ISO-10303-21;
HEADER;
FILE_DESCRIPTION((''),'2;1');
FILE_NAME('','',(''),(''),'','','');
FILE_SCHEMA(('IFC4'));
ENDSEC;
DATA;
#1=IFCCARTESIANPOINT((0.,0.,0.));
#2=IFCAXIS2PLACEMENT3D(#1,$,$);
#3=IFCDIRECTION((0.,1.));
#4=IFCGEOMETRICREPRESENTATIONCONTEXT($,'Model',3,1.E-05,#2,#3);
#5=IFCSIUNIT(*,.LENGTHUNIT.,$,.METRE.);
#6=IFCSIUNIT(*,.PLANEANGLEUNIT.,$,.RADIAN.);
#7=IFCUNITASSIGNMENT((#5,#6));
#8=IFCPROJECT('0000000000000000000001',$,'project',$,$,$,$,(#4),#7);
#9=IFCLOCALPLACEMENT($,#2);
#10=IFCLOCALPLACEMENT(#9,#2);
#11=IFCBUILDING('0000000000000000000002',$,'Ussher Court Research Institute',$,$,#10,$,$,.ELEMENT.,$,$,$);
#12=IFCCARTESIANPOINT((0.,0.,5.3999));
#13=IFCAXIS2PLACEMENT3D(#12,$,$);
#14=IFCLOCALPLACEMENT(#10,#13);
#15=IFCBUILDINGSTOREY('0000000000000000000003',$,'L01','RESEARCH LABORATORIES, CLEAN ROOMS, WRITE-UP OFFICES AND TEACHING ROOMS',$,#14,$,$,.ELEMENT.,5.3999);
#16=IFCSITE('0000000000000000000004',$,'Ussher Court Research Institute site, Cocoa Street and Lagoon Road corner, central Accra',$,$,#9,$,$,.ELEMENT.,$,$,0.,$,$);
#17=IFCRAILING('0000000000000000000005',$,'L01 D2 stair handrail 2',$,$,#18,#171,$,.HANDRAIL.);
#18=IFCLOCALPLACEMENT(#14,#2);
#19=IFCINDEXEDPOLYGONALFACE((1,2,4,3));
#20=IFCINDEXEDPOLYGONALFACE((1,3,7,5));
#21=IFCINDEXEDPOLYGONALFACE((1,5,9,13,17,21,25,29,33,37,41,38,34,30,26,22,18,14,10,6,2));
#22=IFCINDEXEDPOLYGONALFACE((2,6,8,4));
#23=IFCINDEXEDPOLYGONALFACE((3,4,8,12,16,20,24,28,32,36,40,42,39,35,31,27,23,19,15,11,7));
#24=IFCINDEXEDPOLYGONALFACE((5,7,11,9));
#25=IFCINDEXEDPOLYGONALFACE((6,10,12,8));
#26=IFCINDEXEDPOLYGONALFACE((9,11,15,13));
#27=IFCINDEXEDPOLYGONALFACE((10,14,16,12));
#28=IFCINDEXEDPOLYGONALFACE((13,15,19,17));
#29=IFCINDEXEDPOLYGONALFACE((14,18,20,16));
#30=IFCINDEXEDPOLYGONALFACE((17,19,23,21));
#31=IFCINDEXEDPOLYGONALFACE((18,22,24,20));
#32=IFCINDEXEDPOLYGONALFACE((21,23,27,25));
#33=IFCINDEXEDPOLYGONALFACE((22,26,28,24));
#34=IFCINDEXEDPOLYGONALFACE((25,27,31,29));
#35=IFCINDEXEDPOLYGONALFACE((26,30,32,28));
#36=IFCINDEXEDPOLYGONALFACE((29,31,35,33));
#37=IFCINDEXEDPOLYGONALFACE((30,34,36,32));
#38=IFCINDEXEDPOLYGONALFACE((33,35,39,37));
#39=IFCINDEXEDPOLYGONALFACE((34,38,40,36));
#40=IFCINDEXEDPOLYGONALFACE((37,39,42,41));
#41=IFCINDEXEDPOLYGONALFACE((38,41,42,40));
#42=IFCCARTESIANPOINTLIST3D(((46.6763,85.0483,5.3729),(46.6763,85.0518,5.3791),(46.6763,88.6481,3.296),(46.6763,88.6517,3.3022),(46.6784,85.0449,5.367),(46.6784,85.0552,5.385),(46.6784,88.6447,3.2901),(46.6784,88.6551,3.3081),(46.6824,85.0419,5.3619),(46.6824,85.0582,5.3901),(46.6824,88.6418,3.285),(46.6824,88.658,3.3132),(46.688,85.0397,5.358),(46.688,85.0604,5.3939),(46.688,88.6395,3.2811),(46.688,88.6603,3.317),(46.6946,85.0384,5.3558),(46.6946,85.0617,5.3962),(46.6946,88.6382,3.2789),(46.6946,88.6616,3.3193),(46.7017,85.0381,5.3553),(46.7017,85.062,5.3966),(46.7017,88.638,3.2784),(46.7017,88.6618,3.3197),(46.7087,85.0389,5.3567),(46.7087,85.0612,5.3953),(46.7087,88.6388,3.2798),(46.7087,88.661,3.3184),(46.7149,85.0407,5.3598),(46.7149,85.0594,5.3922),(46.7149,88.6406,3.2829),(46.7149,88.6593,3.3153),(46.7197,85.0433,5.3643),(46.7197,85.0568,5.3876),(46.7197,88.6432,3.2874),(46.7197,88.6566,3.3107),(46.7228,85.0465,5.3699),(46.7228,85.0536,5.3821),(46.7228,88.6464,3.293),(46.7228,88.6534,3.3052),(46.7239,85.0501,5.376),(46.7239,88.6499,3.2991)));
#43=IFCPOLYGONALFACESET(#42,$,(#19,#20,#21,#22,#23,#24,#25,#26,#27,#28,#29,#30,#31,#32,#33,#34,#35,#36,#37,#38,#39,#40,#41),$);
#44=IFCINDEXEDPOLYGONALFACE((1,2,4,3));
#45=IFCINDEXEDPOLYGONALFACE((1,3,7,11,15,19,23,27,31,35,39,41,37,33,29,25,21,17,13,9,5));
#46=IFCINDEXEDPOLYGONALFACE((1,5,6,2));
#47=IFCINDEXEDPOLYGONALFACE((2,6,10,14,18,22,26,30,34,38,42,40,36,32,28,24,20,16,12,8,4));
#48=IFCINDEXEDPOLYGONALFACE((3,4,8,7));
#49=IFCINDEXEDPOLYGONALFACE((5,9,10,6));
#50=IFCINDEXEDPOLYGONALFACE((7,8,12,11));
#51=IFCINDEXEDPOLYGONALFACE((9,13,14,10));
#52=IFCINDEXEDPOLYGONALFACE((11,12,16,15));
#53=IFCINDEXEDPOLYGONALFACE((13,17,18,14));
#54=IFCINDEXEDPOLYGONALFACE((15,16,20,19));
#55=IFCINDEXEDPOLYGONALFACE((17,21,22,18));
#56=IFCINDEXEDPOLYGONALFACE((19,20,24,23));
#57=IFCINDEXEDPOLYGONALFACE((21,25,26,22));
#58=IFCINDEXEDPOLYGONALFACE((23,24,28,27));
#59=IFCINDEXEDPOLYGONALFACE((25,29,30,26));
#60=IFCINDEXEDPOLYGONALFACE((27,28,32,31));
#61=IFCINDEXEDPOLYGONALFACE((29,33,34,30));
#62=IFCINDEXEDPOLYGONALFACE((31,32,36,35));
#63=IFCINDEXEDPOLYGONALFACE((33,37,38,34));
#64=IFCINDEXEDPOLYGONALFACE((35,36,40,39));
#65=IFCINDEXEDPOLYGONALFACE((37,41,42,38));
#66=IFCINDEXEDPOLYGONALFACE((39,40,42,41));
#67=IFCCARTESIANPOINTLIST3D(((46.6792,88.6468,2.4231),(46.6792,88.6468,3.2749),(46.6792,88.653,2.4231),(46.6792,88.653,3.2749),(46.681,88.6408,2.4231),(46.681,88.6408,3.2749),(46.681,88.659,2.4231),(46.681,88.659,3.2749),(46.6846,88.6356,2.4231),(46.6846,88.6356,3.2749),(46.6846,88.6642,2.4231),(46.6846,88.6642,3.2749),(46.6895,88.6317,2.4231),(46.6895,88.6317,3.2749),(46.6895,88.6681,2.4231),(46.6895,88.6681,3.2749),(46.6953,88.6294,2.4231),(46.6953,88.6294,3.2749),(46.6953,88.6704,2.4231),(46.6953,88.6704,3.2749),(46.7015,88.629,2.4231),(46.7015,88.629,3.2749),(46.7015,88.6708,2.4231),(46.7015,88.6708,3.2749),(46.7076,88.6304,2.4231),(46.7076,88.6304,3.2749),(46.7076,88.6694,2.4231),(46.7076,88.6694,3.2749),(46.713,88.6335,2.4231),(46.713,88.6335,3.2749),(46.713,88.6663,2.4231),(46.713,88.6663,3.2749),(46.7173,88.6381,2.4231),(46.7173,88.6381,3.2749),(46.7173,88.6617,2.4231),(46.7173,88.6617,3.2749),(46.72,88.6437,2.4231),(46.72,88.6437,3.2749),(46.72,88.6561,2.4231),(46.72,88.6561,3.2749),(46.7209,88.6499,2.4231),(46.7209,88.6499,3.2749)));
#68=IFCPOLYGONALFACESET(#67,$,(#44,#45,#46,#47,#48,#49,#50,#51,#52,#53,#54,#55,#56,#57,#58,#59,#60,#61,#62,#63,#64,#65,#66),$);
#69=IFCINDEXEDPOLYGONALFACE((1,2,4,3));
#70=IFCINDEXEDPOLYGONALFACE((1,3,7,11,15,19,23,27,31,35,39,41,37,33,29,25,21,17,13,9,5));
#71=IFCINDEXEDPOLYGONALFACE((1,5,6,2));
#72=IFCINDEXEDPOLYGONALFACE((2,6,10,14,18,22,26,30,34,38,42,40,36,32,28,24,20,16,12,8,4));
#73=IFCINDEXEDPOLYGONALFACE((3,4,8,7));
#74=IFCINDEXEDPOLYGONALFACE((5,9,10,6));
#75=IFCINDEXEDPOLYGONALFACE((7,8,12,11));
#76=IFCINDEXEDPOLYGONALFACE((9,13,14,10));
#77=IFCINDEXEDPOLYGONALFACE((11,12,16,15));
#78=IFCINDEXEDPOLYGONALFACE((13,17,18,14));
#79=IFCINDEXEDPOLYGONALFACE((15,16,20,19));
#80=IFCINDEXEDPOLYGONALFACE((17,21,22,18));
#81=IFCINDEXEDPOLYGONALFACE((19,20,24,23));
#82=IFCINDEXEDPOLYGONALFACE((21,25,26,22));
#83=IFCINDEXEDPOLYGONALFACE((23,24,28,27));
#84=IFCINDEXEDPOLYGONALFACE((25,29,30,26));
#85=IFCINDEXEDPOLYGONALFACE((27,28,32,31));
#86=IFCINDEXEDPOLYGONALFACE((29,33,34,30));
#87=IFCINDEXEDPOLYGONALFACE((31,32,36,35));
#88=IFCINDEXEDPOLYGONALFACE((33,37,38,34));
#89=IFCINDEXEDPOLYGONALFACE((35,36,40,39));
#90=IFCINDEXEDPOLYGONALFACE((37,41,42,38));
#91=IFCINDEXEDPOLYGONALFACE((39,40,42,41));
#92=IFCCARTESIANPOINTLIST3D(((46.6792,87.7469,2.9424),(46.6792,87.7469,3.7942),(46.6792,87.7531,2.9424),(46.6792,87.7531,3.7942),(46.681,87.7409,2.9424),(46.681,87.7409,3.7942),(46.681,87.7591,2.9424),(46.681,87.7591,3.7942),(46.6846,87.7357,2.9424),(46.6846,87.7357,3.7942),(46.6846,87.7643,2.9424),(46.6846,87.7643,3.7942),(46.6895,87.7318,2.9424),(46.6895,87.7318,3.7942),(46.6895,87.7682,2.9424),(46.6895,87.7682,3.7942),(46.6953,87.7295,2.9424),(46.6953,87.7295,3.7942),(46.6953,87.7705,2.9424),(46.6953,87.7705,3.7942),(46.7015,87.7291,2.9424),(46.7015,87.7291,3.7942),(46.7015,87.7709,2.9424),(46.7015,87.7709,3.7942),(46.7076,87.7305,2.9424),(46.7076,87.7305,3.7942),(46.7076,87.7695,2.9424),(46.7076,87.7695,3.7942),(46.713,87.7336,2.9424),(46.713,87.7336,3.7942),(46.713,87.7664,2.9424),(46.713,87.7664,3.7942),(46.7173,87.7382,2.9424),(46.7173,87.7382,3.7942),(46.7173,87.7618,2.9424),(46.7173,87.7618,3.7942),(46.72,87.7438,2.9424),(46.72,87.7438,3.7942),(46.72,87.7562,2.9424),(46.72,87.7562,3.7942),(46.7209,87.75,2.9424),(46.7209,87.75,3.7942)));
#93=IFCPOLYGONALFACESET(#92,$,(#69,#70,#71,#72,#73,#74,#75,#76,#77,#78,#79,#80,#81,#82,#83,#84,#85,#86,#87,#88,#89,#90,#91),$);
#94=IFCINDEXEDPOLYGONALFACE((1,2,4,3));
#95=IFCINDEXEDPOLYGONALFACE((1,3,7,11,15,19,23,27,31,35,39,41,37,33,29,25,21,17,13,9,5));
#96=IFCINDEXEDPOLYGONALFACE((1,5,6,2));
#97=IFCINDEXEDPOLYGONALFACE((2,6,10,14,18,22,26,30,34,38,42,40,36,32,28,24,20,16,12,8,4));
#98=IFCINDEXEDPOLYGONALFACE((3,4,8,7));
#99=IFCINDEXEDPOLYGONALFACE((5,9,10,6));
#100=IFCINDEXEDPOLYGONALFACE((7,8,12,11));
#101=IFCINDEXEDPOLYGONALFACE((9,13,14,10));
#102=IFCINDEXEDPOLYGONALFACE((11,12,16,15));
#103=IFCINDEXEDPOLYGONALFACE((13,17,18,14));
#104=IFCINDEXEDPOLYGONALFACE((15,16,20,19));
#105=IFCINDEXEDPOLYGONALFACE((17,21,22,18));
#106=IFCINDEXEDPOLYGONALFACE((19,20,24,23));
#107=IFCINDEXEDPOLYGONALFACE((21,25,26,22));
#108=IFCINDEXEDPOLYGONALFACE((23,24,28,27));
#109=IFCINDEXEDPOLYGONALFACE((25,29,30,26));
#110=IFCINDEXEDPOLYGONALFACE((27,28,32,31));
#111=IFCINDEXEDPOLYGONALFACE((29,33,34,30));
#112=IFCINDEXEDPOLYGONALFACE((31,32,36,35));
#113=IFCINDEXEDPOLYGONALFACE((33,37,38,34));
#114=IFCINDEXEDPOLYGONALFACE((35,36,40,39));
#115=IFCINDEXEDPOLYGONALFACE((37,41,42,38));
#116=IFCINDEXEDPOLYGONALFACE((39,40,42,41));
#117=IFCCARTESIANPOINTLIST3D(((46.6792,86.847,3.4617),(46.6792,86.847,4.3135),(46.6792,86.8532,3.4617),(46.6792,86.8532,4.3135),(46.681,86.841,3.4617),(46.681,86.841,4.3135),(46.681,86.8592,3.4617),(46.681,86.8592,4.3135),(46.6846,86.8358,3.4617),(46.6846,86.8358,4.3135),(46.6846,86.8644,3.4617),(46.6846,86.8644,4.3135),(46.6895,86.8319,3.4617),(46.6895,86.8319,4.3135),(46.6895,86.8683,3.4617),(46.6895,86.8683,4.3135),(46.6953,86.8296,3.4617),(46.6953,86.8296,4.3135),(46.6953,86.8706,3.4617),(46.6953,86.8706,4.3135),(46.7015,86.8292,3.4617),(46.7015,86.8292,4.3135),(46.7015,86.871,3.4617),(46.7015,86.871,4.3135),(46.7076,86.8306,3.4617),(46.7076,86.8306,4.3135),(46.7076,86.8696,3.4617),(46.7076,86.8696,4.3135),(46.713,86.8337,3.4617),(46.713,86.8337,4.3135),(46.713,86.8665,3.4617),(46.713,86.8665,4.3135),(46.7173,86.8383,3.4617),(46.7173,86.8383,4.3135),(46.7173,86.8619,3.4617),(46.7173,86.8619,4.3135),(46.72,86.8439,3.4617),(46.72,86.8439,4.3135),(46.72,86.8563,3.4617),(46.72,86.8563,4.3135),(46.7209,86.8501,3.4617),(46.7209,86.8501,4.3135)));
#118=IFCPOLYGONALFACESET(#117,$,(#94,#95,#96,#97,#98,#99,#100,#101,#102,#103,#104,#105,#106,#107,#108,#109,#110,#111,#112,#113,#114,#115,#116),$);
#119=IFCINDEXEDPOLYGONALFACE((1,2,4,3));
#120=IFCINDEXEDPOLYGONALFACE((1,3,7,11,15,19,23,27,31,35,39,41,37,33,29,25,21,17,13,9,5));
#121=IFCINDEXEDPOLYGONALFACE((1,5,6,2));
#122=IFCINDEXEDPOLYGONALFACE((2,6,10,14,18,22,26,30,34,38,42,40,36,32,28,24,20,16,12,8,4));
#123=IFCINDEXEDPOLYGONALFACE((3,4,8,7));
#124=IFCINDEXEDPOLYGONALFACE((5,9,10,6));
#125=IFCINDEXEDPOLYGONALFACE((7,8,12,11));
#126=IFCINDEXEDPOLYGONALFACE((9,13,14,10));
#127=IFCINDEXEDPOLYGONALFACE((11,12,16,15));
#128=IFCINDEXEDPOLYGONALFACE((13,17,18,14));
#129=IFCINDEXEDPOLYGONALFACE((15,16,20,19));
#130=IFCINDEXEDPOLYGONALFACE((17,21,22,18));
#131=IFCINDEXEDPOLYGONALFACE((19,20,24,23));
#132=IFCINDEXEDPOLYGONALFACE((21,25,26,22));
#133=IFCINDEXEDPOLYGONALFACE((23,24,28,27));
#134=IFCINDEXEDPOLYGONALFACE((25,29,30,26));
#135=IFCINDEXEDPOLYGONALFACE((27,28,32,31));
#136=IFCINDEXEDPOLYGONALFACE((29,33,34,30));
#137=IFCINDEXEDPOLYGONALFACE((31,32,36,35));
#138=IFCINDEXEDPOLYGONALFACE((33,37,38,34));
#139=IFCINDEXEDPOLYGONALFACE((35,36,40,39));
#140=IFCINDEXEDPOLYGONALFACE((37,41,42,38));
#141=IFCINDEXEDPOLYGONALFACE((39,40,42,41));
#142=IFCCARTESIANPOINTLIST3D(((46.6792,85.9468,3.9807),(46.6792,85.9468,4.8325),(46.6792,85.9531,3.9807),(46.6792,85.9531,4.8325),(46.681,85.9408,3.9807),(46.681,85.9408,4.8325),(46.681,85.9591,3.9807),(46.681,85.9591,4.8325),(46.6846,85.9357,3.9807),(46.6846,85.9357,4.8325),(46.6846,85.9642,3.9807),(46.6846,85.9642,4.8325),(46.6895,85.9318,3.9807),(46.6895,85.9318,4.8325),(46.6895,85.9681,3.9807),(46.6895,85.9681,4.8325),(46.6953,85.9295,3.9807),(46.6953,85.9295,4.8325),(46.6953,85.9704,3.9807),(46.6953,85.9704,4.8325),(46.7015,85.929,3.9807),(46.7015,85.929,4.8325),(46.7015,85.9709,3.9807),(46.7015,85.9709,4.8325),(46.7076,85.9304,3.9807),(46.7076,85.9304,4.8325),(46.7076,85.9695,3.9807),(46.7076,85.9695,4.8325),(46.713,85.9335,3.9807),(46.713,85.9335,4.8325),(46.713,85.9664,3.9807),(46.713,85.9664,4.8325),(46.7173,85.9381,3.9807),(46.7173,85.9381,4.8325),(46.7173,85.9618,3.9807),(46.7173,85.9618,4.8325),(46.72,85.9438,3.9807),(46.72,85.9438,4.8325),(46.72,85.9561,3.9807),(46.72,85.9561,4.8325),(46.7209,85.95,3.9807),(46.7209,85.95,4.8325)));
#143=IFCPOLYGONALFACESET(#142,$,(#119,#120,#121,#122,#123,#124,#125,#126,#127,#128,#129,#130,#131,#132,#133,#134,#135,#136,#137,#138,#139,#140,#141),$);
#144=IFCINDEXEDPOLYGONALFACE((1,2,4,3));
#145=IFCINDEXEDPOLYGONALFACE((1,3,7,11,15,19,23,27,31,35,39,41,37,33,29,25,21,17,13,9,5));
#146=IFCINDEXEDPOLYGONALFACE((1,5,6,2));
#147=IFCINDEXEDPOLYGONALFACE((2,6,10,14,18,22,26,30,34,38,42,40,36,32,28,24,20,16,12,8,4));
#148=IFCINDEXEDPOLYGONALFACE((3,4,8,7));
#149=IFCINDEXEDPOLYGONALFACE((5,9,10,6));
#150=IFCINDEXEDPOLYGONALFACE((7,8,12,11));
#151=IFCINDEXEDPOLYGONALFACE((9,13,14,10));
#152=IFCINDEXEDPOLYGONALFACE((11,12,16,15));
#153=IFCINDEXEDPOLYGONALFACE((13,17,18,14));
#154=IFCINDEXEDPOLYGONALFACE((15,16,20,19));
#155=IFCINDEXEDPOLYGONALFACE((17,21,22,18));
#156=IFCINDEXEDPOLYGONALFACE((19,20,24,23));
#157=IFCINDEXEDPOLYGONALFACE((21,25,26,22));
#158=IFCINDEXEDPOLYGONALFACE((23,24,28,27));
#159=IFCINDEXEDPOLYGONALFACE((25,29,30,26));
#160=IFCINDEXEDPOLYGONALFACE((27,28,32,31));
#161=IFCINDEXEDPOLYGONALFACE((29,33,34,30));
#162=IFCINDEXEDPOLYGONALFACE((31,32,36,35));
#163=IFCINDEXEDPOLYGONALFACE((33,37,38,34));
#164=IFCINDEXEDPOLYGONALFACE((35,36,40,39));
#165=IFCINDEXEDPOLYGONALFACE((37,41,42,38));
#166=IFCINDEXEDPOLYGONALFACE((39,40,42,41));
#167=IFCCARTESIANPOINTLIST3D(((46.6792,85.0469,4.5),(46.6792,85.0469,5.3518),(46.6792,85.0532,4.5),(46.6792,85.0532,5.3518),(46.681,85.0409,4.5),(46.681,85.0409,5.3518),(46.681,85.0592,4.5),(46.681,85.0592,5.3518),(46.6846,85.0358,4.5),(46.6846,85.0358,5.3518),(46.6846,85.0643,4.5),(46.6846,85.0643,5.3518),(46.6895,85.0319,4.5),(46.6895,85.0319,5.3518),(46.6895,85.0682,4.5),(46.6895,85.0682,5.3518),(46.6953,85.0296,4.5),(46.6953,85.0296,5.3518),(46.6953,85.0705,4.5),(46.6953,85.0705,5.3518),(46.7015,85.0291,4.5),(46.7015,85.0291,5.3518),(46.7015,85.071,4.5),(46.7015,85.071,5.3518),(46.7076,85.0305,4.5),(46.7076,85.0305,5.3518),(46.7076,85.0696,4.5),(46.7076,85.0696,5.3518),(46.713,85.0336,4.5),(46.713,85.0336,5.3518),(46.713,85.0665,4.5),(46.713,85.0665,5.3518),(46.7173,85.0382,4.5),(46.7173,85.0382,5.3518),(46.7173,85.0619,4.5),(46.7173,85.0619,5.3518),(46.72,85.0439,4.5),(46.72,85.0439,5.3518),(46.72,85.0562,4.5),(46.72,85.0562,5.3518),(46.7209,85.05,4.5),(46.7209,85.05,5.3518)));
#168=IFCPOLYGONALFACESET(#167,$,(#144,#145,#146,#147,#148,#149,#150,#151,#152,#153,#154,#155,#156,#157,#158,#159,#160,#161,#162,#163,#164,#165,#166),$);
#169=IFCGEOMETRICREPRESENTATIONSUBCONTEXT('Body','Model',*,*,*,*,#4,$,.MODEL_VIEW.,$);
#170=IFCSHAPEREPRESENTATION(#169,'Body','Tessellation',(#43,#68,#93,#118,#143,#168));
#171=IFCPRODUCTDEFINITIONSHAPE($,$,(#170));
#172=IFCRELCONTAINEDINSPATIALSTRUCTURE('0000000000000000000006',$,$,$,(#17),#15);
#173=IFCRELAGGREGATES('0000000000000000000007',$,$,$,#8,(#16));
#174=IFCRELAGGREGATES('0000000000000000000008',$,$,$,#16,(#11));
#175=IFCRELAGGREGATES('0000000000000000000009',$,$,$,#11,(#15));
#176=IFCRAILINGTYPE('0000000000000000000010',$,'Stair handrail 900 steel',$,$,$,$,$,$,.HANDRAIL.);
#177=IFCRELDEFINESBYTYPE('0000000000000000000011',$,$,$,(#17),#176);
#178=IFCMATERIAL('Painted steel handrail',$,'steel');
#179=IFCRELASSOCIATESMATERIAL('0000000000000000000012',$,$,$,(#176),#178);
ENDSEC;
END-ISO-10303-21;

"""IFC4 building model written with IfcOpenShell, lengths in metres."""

from ifc_helpers import new_model, si_unit, direction, frame, origin, origin_2d, place, context, subcontext, project, spatial, circle, extrude, material, type_object, element, save


model = new_model("IFC4")

# Units and contexts
model_context = context("Model", 3, precision=1e-05, world=origin(), true_north=direction((0.0, 1.0)))
body_context = subcontext(model_context, "Body", "Model", "MODEL_VIEW")
ifc_project = project(units=[si_unit("LENGTHUNIT", "METRE"), si_unit("PLANEANGLEUNIT", "RADIAN")], contexts=[model_context])

# Site, building, storey
site_placement = place(None, origin())
site = spatial("IfcSite", under=ifc_project, at=site_placement, Name="Ussher Court Research Institute site, Cocoa Street and Lagoon Road corner, central Accra", CompositionType="ELEMENT", RefElevation=0.0)
building_placement = place(site_placement, origin())
building = spatial("IfcBuilding", under=site, at=building_placement, Name="Ussher Court Research Institute", CompositionType="ELEMENT")
storey_placement = place(building_placement, frame((0.0, 0.0, 5.3999)))
storey = spatial("IfcBuildingStorey", under=building, at=storey_placement, Name="L01", Description="RESEARCH LABORATORIES, CLEAN ROOMS, WRITE-UP OFFICES AND TEACHING ROOMS", CompositionType="ELEMENT", Elevation=5.3999)

# Railing
ifc_material_1 = material(Name="Painted steel handrail", Category="steel")
railing_type_1 = type_object("IfcRailingType", Name="Stair handrail 900 steel", PredefinedType="HANDRAIL", material=ifc_material_1)
railing_1_placement = place(storey_placement, frame((46.7, 88.6499, 2.4231)))
element("IfcRailing", 1, at=railing_1_placement, inside=storey, type_object=railing_type_1, Name="L01 D2 stair handrail 2", PredefinedType="HANDRAIL", context=body_context, shape_type="SweptSolid", body=[
    extrude(circle(Radius=0.0239, at=origin_2d()), frame((0.0, 0.0, 0.876), z_axis=(0.0, -0.866179, 0.499734), x_axis=(1.0, 0.0, 0.0)), (0.0, 0.0, 1.0), 4.156),
    extrude(circle(Radius=0.021, at=origin_2d()), origin(), (0.0, 0.0, 1.0), 0.8518),
    extrude(circle(Radius=0.021, at=origin_2d()), frame((0.0, -0.8999, 0.5193)), (0.0, 0.0, 1.0), 0.8518),
    extrude(circle(Radius=0.021, at=origin_2d()), frame((0.0, -1.7998, 1.0386)), (0.0, 0.0, 1.0), 0.8518),
    extrude(circle(Radius=0.021, at=origin_2d()), frame((0.0, -2.7, 1.5576)), (0.0, 0.0, 1.0), 0.8518),
    extrude(circle(Radius=0.021, at=origin_2d()), frame((0.0, -3.5999, 2.0769)), (0.0, 0.0, 1.0), 0.8518),
])

save(model, "model.ifc")
